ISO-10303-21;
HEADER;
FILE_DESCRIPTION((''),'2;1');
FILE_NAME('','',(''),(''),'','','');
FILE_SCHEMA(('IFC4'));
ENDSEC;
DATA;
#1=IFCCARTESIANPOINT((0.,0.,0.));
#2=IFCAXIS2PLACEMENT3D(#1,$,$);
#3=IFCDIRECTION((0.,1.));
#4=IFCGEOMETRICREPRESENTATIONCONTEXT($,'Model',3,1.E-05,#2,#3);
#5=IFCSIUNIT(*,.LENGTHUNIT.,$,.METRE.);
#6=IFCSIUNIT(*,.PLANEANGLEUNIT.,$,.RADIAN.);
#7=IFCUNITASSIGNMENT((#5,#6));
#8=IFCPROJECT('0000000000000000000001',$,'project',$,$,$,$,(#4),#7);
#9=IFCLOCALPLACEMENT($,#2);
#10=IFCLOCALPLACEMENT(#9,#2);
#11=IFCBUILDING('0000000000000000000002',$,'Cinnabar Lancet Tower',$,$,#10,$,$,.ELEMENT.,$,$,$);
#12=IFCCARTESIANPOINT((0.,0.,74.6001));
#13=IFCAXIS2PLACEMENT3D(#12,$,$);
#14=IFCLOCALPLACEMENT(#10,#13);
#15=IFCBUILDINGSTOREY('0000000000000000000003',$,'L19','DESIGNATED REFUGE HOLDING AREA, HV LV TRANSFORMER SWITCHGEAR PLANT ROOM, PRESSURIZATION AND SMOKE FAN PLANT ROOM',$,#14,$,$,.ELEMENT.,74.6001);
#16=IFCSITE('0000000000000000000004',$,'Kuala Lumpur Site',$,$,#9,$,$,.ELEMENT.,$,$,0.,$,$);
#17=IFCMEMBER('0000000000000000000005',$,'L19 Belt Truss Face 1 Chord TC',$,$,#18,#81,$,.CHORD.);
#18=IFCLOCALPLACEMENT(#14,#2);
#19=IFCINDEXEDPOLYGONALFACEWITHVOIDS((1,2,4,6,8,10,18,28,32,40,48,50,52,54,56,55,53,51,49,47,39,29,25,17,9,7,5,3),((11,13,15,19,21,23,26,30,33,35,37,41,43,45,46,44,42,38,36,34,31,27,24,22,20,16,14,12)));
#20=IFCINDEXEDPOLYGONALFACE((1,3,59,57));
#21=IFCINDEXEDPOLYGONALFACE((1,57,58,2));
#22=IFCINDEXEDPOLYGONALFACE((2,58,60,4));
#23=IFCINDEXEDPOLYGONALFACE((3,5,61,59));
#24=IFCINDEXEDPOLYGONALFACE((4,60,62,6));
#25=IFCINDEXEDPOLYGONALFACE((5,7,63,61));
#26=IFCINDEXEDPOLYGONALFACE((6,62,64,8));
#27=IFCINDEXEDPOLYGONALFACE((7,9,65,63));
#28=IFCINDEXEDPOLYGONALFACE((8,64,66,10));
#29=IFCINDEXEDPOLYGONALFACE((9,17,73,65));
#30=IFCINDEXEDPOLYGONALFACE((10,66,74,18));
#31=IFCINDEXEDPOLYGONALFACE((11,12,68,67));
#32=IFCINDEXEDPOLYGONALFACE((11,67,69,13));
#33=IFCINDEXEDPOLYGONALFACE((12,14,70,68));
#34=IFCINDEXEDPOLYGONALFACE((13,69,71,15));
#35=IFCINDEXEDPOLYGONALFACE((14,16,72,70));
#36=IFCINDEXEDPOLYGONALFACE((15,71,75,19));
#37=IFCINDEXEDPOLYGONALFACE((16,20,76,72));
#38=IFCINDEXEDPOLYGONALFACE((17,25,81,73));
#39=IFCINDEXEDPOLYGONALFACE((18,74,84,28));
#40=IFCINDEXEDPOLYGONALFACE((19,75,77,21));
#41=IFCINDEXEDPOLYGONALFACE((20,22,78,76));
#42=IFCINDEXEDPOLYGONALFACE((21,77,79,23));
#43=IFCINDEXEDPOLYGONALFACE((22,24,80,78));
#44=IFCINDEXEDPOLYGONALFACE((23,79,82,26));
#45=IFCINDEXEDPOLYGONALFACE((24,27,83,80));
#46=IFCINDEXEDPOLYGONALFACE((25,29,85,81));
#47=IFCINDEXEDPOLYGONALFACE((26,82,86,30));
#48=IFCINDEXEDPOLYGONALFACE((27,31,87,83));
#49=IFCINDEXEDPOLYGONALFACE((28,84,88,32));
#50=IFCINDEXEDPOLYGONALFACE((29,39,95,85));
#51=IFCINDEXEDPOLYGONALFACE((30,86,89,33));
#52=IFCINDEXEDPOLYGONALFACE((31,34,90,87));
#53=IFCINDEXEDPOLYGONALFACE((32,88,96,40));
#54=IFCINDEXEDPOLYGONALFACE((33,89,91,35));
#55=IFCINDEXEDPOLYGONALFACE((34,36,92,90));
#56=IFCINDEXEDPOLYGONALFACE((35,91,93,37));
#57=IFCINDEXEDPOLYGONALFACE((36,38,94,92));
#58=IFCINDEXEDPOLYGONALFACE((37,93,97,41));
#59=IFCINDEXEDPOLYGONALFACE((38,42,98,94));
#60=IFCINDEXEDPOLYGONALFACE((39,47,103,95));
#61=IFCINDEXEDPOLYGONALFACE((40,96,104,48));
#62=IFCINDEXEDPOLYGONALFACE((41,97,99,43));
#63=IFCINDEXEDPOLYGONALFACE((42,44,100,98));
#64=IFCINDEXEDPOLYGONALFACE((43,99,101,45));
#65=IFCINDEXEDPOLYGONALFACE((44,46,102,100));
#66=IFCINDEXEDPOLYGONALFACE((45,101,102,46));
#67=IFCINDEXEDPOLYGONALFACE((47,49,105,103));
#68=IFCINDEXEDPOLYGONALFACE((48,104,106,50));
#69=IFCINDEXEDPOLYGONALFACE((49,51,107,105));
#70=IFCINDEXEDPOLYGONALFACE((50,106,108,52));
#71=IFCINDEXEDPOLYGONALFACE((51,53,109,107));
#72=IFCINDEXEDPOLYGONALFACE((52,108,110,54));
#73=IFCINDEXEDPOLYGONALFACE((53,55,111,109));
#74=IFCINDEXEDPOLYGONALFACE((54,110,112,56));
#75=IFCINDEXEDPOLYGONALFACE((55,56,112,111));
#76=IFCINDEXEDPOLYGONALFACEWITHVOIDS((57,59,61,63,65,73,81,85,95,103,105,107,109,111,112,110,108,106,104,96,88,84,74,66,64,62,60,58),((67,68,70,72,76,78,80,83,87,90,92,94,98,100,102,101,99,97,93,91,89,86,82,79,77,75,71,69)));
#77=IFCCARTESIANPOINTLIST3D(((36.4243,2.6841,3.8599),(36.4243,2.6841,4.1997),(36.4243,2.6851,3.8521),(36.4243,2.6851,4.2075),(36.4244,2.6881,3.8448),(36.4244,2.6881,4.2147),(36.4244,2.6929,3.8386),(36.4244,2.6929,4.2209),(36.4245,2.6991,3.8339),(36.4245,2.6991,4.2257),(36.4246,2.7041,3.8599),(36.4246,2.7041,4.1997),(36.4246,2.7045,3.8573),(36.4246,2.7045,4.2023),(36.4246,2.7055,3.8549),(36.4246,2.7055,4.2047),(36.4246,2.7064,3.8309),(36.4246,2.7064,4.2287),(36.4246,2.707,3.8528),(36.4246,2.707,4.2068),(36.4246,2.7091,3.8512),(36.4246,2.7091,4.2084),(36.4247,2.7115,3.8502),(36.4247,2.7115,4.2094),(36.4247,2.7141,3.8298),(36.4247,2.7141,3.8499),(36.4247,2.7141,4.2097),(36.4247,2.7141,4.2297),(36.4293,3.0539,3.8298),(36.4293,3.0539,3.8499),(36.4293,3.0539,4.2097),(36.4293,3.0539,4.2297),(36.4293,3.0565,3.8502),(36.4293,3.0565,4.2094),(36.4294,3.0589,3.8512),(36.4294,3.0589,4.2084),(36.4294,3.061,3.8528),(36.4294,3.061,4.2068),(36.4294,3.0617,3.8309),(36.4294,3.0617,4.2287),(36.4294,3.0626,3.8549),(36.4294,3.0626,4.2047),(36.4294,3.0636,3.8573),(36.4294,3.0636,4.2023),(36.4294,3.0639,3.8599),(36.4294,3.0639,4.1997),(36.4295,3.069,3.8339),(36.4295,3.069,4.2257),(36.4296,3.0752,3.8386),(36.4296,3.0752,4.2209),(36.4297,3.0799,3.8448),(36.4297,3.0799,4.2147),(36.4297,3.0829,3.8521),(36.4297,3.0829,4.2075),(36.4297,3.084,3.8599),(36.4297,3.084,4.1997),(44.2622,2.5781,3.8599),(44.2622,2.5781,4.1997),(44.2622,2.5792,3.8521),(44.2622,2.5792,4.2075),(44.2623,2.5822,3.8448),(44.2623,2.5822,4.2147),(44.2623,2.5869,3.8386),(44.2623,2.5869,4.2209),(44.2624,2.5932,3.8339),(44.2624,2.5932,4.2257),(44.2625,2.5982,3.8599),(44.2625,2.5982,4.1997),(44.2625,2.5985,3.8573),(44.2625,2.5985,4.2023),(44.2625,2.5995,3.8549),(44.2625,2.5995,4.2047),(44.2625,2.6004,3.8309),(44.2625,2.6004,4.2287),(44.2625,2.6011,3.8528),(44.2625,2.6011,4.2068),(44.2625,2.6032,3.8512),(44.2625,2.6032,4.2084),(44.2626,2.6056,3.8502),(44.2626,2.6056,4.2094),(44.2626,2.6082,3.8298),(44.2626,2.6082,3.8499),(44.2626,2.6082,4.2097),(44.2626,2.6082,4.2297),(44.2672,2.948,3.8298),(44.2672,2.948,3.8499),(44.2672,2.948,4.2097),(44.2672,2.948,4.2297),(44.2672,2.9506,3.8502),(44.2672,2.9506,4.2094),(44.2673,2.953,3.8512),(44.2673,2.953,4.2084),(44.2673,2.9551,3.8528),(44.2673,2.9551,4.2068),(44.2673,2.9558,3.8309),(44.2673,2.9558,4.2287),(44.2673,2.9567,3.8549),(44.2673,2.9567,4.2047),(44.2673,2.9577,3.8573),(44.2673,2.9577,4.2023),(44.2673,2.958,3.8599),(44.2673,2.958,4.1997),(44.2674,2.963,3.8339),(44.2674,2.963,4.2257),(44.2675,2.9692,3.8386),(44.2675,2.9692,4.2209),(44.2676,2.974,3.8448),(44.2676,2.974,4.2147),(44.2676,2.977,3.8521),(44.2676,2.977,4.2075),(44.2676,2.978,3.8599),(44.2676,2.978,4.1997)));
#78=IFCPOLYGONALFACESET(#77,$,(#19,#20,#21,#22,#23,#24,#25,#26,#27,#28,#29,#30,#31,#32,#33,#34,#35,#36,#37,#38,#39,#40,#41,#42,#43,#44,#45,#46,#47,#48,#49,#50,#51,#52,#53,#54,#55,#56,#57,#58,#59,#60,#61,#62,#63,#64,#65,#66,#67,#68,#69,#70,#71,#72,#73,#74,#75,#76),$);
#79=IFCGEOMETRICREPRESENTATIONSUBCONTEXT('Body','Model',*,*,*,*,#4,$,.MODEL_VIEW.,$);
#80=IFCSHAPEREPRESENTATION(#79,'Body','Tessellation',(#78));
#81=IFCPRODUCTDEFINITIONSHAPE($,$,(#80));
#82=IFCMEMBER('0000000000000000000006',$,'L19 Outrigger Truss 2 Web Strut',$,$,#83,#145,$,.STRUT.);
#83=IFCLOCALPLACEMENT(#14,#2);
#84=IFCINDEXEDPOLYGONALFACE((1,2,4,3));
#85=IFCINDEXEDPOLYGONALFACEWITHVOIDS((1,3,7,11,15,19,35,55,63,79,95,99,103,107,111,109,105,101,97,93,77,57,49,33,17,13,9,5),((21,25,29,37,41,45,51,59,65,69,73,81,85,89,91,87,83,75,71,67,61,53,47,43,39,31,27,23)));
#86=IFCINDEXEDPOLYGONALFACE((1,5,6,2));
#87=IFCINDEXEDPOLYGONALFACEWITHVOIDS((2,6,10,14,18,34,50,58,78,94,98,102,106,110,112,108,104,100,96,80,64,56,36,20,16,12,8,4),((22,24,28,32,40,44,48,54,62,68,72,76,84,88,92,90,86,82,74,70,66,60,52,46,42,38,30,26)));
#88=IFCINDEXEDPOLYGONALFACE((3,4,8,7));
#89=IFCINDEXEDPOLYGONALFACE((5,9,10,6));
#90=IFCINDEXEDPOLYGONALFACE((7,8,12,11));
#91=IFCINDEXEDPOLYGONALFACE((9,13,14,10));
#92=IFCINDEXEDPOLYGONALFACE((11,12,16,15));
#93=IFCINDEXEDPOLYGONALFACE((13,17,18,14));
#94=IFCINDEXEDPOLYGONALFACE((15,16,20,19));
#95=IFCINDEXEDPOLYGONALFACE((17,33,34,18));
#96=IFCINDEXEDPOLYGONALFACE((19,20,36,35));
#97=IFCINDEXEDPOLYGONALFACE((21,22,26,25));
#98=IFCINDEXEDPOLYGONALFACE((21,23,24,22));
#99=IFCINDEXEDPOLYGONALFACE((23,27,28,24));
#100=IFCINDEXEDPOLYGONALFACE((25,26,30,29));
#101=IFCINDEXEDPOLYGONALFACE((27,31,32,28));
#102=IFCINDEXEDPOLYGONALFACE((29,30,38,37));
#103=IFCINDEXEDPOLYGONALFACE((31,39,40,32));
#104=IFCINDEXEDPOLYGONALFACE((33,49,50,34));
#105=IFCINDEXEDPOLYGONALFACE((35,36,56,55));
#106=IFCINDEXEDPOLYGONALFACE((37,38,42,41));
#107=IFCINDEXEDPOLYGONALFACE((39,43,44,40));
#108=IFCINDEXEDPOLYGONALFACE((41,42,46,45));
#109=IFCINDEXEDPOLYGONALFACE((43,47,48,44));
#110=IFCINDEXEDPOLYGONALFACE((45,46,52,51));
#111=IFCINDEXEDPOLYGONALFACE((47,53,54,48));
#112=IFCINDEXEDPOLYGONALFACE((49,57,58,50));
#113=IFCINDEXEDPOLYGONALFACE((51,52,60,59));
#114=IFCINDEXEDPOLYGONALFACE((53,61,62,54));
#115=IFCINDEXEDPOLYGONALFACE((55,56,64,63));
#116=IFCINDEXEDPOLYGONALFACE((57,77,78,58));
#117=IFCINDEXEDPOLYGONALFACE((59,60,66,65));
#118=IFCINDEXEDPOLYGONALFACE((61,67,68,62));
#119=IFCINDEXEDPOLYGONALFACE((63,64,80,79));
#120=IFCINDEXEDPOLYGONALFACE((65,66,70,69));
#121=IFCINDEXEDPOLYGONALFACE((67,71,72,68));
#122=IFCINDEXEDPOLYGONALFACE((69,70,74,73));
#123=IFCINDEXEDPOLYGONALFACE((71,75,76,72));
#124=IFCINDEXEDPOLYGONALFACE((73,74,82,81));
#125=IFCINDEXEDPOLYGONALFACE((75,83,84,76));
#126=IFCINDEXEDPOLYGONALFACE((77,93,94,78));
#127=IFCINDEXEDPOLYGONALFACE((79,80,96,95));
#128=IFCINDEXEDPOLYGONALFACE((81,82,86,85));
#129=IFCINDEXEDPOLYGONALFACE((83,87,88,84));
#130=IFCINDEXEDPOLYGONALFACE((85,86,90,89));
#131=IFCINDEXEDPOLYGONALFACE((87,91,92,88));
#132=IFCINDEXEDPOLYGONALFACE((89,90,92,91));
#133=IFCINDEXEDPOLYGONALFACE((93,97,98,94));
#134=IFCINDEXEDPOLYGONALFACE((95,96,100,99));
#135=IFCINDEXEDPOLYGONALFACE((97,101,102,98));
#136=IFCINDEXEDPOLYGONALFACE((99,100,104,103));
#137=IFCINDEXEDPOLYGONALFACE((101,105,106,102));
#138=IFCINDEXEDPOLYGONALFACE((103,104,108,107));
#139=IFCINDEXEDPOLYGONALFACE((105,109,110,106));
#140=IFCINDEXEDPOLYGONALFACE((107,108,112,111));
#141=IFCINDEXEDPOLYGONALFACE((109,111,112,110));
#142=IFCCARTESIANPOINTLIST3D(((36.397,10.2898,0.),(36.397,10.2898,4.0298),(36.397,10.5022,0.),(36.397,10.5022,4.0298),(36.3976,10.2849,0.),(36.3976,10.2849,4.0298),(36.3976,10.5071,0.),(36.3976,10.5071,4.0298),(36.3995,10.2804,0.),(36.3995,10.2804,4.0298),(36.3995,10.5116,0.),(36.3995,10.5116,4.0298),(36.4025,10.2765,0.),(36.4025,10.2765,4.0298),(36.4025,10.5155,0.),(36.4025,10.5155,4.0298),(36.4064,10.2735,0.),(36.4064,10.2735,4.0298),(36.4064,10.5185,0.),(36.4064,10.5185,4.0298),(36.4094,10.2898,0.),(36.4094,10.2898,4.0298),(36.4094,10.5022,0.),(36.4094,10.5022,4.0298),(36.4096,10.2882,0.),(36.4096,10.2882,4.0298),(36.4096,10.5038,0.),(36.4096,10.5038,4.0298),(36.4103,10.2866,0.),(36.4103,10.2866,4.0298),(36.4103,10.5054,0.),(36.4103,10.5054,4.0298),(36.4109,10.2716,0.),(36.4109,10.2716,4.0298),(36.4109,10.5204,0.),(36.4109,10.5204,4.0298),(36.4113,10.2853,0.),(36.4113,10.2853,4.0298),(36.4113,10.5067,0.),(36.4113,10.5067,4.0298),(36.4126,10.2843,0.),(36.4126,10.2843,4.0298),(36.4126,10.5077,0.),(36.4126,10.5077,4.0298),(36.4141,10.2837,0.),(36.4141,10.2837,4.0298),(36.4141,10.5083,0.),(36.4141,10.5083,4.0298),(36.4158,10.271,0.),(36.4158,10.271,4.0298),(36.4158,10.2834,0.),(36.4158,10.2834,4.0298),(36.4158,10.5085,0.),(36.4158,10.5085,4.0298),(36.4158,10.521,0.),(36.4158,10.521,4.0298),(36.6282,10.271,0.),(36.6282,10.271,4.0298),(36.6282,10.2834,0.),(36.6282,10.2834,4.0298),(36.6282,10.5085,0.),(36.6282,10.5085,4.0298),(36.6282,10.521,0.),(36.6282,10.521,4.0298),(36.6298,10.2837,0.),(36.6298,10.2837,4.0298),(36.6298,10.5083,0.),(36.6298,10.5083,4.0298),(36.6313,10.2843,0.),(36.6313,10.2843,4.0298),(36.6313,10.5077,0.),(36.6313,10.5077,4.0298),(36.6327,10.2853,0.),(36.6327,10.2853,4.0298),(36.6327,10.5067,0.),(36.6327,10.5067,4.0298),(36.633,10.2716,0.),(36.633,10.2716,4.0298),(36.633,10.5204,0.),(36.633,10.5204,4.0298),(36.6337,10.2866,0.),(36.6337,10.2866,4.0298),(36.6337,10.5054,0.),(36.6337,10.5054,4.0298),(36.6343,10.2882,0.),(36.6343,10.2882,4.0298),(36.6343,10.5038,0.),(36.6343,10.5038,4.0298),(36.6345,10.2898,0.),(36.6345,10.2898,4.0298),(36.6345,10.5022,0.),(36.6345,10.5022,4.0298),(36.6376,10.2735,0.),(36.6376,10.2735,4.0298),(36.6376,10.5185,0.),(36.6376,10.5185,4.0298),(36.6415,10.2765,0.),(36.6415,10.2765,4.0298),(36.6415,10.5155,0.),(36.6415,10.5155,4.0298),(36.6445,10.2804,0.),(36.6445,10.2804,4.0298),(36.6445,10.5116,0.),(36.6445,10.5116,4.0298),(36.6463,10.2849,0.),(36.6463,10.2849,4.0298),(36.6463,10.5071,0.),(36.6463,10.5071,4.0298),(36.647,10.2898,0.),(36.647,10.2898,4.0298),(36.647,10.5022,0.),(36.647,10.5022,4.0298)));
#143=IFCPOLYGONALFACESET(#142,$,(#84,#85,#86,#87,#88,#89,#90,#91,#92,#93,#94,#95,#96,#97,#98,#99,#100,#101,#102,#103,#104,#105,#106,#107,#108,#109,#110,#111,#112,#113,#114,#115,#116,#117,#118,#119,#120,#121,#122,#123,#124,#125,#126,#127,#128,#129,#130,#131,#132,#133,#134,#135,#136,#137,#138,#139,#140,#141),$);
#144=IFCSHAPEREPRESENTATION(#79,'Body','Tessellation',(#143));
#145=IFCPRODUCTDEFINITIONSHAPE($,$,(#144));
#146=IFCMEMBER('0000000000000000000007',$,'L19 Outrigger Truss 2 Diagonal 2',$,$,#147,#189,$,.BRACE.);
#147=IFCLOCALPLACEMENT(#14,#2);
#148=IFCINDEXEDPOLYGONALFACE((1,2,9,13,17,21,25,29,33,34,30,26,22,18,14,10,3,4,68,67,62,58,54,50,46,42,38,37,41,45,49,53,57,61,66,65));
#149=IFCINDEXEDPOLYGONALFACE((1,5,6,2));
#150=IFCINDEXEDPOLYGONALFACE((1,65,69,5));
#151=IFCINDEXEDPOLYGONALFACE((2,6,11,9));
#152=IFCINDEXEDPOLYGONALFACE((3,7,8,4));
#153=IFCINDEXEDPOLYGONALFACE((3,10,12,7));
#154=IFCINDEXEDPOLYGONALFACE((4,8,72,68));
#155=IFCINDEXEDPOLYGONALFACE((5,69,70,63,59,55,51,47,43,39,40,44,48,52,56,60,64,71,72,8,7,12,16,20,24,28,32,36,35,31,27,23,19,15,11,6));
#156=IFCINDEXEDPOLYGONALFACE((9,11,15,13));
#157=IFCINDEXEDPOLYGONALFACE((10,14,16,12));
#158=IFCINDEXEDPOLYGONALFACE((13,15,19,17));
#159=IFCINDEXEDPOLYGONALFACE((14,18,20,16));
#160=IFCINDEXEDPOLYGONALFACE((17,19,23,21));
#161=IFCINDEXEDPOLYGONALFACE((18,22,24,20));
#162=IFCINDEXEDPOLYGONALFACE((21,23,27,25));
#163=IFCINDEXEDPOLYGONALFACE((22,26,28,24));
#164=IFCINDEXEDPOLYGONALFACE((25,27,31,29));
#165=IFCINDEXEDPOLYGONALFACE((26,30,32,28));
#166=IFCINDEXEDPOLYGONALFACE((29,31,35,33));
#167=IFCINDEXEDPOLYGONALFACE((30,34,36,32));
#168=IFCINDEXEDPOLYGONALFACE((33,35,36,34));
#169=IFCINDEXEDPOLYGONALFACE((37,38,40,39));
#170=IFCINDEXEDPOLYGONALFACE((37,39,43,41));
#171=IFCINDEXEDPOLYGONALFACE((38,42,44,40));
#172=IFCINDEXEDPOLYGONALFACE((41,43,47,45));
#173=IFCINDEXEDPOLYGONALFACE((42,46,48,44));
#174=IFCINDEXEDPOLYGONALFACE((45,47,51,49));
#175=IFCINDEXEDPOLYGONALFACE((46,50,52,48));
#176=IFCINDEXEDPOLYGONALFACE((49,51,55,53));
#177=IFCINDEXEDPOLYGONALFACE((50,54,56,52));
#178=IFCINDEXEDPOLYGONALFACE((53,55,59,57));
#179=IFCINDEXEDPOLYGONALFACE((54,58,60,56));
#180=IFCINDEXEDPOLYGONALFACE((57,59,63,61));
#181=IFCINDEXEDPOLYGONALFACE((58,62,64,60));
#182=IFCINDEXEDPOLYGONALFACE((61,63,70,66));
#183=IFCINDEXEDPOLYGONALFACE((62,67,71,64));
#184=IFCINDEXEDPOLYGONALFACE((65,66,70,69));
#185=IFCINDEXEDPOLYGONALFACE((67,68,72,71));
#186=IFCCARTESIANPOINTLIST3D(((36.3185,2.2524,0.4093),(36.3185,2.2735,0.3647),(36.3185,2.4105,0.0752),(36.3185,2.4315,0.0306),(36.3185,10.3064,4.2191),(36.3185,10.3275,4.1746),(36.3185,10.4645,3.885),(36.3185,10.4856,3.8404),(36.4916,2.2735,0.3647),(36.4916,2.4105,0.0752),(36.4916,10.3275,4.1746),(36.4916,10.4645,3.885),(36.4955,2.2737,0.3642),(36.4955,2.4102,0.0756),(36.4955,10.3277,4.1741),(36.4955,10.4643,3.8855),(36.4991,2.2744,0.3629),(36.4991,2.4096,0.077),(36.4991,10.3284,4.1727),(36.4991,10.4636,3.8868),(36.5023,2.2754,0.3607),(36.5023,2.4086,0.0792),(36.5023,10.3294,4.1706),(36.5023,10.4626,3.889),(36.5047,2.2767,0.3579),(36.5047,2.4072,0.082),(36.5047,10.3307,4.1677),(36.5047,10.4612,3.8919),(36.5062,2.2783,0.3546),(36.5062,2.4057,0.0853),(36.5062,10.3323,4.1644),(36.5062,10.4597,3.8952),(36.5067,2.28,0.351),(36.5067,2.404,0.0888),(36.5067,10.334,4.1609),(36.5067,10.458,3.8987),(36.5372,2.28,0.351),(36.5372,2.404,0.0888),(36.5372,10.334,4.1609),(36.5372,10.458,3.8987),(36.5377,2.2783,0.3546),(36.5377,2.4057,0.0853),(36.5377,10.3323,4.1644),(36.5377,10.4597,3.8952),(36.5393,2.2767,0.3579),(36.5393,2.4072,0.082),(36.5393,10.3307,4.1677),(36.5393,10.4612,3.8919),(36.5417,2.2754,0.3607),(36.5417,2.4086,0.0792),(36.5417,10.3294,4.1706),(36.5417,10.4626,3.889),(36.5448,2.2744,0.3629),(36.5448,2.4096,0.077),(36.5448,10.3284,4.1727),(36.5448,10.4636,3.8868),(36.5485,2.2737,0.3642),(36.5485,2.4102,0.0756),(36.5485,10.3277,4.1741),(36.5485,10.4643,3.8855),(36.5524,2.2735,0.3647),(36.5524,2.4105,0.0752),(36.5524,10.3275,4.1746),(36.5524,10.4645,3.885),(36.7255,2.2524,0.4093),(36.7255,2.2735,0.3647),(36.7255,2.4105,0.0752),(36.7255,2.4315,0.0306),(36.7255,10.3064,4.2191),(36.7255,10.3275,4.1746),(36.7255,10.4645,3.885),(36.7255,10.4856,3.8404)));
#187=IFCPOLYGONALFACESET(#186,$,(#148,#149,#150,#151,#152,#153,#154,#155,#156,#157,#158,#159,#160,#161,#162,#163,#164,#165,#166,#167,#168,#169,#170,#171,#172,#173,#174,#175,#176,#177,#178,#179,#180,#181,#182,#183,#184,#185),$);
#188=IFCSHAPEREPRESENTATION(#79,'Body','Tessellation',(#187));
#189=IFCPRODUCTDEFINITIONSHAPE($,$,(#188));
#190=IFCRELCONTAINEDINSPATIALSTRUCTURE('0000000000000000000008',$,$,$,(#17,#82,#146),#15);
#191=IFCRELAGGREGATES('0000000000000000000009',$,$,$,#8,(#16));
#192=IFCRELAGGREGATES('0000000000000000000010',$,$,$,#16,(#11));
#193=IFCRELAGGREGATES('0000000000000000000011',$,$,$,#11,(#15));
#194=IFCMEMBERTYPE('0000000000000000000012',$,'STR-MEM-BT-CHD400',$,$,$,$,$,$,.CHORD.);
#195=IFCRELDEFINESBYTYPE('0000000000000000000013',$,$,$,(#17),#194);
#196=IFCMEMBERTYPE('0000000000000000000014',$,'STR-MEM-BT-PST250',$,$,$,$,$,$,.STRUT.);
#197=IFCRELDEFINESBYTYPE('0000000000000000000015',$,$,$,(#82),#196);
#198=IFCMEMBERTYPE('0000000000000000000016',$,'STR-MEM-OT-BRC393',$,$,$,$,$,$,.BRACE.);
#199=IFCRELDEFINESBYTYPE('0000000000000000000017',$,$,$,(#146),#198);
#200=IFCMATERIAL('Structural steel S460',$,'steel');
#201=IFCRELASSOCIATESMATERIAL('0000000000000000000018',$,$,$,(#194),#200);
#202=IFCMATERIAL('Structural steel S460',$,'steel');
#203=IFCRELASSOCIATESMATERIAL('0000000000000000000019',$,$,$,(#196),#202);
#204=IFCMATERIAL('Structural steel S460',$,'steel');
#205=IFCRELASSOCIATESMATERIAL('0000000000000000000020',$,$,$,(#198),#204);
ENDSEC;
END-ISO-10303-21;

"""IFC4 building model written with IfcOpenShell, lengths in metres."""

from ifc_helpers import new_model, si_unit, direction, frame, origin, origin_2d, place, context, subcontext, project, spatial, hollow_rectangle, i_section, extrude, material, material_profile, profile_set, type_object, element, save


model = new_model("IFC4")

# Units and contexts
model_context = context("Model", 3, precision=1e-05, world=origin(), true_north=direction((0.0, 1.0)))
body_context = subcontext(model_context, "Body", "Model", "MODEL_VIEW")
ifc_project = project(units=[si_unit("LENGTHUNIT", "METRE"), si_unit("PLANEANGLEUNIT", "RADIAN")], contexts=[model_context])

# Site, building, storey
site_placement = place(None, origin())
site = spatial("IfcSite", under=ifc_project, at=site_placement, Name="Kuala Lumpur Site", CompositionType="ELEMENT", RefElevation=0.0)
building_placement = place(site_placement, origin())
building = spatial("IfcBuilding", under=site, at=building_placement, Name="Cinnabar Lancet Tower", CompositionType="ELEMENT")
storey_placement = place(building_placement, frame((0.0, 0.0, 74.6001)))
storey = spatial("IfcBuildingStorey", under=building, at=storey_placement, Name="L19", Description="DESIGNATED REFUGE HOLDING AREA, HV LV TRANSFORMER SWITCHGEAR PLANT ROOM, PRESSURIZATION AND SMOKE FAN PLANT ROOM", CompositionType="ELEMENT", Elevation=74.6001)

# Members
ifc_material_1 = material(Name="Structural steel S460", Category="steel")
ifc_material_profile_1 = material_profile(ifc_material_1, hollow_rectangle(XDim=0.3999, YDim=0.3999, WallThickness=0.02, InnerFilletRadius=0.01, OuterFilletRadius=0.03, at=origin_2d()), Name="SHS 400x400x20")
ifc_profile_set_1 = profile_set([ifc_material_profile_1], Name="Structural steel S460")
member_type_1 = type_object("IfcMemberType", Name="STR-MEM-BT-CHD400", PredefinedType="CHORD", material=ifc_profile_set_1)
for number, where, z_axis, x_axis, name in (
    (1, (36.427, 2.884, 4.0298), (0.999909, -0.013517, 0.0), (0.013517, 0.999909, 0.0), "L19 Belt Truss Face 1 Chord TC"),
):
    element("IfcMember", number, at=place(storey_placement, frame(where, z_axis=z_axis, x_axis=x_axis)), inside=storey, type_object=member_type_1, Name=name, PredefinedType="CHORD", context=body_context, shape_type="SweptSolid", body=[
        extrude(hollow_rectangle(XDim=0.3999, YDim=0.3999, WallThickness=0.02, InnerFilletRadius=0.01, OuterFilletRadius=0.03, at=origin_2d()), origin(), (0.0, 0.0, 1.0), 7.8386),
    ])
ifc_material_2 = material(Name="Structural steel S460", Category="steel")
ifc_material_profile_2 = material_profile(ifc_material_2, hollow_rectangle(XDim=0.25, YDim=0.25, WallThickness=0.0125, InnerFilletRadius=0.0063, OuterFilletRadius=0.0188, at=origin_2d()), Name="SHS 250x250x12.5")
ifc_profile_set_2 = profile_set([ifc_material_profile_2], Name="Structural steel S460")
member_type_2 = type_object("IfcMemberType", Name="STR-MEM-BT-PST250", PredefinedType="STRUT", material=ifc_profile_set_2)
member_1_placement = place(storey_placement, frame((36.522, 10.396, 0.0), z_axis=(0.0, 0.0, 1.0), x_axis=(1.0, 0.0, 0.0)))
element("IfcMember", 2, at=member_1_placement, inside=storey, type_object=member_type_2, Name="L19 Outrigger Truss 2 Web Strut", PredefinedType="STRUT", context=body_context, shape_type="SweptSolid", body=[
    extrude(hollow_rectangle(XDim=0.25, YDim=0.25, WallThickness=0.0125, InnerFilletRadius=0.0063, OuterFilletRadius=0.0188, at=origin_2d()), origin(), (0.0, 0.0, 1.0), 4.0298),
])
ifc_material_3 = material(Name="Structural steel S460", Category="steel")
ifc_material_profile_3 = material_profile(ifc_material_3, i_section(OverallWidth=0.407, OverallDepth=0.4189, WebThickness=0.0305, FlangeThickness=0.0493, FilletRadius=0.0151, at=origin_2d()), Name="UKC 356x406x393")
ifc_profile_set_3 = profile_set([ifc_material_profile_3], Name="Structural steel S460")
member_type_3 = type_object("IfcMemberType", Name="STR-MEM-OT-BRC393", PredefinedType="BRACE", material=ifc_profile_set_3)
member_2_placement = place(storey_placement, frame((36.522, 10.396, 4.0298), z_axis=(0.0, -0.903964, -0.427608), x_axis=(1.0, 0.0, 0.0)))
element("IfcMember", 3, at=member_2_placement, inside=storey, type_object=member_type_3, Name="L19 Outrigger Truss 2 Diagonal 2", PredefinedType="BRACE", context=body_context, shape_type="SweptSolid", body=[
    extrude(i_section(OverallWidth=0.407, OverallDepth=0.4189, WebThickness=0.0305, FlangeThickness=0.0493, FilletRadius=0.0151, at=origin_2d()), origin(), (0.0, 0.0, 1.0), 8.9097),
])

save(model, "model.ifc")
